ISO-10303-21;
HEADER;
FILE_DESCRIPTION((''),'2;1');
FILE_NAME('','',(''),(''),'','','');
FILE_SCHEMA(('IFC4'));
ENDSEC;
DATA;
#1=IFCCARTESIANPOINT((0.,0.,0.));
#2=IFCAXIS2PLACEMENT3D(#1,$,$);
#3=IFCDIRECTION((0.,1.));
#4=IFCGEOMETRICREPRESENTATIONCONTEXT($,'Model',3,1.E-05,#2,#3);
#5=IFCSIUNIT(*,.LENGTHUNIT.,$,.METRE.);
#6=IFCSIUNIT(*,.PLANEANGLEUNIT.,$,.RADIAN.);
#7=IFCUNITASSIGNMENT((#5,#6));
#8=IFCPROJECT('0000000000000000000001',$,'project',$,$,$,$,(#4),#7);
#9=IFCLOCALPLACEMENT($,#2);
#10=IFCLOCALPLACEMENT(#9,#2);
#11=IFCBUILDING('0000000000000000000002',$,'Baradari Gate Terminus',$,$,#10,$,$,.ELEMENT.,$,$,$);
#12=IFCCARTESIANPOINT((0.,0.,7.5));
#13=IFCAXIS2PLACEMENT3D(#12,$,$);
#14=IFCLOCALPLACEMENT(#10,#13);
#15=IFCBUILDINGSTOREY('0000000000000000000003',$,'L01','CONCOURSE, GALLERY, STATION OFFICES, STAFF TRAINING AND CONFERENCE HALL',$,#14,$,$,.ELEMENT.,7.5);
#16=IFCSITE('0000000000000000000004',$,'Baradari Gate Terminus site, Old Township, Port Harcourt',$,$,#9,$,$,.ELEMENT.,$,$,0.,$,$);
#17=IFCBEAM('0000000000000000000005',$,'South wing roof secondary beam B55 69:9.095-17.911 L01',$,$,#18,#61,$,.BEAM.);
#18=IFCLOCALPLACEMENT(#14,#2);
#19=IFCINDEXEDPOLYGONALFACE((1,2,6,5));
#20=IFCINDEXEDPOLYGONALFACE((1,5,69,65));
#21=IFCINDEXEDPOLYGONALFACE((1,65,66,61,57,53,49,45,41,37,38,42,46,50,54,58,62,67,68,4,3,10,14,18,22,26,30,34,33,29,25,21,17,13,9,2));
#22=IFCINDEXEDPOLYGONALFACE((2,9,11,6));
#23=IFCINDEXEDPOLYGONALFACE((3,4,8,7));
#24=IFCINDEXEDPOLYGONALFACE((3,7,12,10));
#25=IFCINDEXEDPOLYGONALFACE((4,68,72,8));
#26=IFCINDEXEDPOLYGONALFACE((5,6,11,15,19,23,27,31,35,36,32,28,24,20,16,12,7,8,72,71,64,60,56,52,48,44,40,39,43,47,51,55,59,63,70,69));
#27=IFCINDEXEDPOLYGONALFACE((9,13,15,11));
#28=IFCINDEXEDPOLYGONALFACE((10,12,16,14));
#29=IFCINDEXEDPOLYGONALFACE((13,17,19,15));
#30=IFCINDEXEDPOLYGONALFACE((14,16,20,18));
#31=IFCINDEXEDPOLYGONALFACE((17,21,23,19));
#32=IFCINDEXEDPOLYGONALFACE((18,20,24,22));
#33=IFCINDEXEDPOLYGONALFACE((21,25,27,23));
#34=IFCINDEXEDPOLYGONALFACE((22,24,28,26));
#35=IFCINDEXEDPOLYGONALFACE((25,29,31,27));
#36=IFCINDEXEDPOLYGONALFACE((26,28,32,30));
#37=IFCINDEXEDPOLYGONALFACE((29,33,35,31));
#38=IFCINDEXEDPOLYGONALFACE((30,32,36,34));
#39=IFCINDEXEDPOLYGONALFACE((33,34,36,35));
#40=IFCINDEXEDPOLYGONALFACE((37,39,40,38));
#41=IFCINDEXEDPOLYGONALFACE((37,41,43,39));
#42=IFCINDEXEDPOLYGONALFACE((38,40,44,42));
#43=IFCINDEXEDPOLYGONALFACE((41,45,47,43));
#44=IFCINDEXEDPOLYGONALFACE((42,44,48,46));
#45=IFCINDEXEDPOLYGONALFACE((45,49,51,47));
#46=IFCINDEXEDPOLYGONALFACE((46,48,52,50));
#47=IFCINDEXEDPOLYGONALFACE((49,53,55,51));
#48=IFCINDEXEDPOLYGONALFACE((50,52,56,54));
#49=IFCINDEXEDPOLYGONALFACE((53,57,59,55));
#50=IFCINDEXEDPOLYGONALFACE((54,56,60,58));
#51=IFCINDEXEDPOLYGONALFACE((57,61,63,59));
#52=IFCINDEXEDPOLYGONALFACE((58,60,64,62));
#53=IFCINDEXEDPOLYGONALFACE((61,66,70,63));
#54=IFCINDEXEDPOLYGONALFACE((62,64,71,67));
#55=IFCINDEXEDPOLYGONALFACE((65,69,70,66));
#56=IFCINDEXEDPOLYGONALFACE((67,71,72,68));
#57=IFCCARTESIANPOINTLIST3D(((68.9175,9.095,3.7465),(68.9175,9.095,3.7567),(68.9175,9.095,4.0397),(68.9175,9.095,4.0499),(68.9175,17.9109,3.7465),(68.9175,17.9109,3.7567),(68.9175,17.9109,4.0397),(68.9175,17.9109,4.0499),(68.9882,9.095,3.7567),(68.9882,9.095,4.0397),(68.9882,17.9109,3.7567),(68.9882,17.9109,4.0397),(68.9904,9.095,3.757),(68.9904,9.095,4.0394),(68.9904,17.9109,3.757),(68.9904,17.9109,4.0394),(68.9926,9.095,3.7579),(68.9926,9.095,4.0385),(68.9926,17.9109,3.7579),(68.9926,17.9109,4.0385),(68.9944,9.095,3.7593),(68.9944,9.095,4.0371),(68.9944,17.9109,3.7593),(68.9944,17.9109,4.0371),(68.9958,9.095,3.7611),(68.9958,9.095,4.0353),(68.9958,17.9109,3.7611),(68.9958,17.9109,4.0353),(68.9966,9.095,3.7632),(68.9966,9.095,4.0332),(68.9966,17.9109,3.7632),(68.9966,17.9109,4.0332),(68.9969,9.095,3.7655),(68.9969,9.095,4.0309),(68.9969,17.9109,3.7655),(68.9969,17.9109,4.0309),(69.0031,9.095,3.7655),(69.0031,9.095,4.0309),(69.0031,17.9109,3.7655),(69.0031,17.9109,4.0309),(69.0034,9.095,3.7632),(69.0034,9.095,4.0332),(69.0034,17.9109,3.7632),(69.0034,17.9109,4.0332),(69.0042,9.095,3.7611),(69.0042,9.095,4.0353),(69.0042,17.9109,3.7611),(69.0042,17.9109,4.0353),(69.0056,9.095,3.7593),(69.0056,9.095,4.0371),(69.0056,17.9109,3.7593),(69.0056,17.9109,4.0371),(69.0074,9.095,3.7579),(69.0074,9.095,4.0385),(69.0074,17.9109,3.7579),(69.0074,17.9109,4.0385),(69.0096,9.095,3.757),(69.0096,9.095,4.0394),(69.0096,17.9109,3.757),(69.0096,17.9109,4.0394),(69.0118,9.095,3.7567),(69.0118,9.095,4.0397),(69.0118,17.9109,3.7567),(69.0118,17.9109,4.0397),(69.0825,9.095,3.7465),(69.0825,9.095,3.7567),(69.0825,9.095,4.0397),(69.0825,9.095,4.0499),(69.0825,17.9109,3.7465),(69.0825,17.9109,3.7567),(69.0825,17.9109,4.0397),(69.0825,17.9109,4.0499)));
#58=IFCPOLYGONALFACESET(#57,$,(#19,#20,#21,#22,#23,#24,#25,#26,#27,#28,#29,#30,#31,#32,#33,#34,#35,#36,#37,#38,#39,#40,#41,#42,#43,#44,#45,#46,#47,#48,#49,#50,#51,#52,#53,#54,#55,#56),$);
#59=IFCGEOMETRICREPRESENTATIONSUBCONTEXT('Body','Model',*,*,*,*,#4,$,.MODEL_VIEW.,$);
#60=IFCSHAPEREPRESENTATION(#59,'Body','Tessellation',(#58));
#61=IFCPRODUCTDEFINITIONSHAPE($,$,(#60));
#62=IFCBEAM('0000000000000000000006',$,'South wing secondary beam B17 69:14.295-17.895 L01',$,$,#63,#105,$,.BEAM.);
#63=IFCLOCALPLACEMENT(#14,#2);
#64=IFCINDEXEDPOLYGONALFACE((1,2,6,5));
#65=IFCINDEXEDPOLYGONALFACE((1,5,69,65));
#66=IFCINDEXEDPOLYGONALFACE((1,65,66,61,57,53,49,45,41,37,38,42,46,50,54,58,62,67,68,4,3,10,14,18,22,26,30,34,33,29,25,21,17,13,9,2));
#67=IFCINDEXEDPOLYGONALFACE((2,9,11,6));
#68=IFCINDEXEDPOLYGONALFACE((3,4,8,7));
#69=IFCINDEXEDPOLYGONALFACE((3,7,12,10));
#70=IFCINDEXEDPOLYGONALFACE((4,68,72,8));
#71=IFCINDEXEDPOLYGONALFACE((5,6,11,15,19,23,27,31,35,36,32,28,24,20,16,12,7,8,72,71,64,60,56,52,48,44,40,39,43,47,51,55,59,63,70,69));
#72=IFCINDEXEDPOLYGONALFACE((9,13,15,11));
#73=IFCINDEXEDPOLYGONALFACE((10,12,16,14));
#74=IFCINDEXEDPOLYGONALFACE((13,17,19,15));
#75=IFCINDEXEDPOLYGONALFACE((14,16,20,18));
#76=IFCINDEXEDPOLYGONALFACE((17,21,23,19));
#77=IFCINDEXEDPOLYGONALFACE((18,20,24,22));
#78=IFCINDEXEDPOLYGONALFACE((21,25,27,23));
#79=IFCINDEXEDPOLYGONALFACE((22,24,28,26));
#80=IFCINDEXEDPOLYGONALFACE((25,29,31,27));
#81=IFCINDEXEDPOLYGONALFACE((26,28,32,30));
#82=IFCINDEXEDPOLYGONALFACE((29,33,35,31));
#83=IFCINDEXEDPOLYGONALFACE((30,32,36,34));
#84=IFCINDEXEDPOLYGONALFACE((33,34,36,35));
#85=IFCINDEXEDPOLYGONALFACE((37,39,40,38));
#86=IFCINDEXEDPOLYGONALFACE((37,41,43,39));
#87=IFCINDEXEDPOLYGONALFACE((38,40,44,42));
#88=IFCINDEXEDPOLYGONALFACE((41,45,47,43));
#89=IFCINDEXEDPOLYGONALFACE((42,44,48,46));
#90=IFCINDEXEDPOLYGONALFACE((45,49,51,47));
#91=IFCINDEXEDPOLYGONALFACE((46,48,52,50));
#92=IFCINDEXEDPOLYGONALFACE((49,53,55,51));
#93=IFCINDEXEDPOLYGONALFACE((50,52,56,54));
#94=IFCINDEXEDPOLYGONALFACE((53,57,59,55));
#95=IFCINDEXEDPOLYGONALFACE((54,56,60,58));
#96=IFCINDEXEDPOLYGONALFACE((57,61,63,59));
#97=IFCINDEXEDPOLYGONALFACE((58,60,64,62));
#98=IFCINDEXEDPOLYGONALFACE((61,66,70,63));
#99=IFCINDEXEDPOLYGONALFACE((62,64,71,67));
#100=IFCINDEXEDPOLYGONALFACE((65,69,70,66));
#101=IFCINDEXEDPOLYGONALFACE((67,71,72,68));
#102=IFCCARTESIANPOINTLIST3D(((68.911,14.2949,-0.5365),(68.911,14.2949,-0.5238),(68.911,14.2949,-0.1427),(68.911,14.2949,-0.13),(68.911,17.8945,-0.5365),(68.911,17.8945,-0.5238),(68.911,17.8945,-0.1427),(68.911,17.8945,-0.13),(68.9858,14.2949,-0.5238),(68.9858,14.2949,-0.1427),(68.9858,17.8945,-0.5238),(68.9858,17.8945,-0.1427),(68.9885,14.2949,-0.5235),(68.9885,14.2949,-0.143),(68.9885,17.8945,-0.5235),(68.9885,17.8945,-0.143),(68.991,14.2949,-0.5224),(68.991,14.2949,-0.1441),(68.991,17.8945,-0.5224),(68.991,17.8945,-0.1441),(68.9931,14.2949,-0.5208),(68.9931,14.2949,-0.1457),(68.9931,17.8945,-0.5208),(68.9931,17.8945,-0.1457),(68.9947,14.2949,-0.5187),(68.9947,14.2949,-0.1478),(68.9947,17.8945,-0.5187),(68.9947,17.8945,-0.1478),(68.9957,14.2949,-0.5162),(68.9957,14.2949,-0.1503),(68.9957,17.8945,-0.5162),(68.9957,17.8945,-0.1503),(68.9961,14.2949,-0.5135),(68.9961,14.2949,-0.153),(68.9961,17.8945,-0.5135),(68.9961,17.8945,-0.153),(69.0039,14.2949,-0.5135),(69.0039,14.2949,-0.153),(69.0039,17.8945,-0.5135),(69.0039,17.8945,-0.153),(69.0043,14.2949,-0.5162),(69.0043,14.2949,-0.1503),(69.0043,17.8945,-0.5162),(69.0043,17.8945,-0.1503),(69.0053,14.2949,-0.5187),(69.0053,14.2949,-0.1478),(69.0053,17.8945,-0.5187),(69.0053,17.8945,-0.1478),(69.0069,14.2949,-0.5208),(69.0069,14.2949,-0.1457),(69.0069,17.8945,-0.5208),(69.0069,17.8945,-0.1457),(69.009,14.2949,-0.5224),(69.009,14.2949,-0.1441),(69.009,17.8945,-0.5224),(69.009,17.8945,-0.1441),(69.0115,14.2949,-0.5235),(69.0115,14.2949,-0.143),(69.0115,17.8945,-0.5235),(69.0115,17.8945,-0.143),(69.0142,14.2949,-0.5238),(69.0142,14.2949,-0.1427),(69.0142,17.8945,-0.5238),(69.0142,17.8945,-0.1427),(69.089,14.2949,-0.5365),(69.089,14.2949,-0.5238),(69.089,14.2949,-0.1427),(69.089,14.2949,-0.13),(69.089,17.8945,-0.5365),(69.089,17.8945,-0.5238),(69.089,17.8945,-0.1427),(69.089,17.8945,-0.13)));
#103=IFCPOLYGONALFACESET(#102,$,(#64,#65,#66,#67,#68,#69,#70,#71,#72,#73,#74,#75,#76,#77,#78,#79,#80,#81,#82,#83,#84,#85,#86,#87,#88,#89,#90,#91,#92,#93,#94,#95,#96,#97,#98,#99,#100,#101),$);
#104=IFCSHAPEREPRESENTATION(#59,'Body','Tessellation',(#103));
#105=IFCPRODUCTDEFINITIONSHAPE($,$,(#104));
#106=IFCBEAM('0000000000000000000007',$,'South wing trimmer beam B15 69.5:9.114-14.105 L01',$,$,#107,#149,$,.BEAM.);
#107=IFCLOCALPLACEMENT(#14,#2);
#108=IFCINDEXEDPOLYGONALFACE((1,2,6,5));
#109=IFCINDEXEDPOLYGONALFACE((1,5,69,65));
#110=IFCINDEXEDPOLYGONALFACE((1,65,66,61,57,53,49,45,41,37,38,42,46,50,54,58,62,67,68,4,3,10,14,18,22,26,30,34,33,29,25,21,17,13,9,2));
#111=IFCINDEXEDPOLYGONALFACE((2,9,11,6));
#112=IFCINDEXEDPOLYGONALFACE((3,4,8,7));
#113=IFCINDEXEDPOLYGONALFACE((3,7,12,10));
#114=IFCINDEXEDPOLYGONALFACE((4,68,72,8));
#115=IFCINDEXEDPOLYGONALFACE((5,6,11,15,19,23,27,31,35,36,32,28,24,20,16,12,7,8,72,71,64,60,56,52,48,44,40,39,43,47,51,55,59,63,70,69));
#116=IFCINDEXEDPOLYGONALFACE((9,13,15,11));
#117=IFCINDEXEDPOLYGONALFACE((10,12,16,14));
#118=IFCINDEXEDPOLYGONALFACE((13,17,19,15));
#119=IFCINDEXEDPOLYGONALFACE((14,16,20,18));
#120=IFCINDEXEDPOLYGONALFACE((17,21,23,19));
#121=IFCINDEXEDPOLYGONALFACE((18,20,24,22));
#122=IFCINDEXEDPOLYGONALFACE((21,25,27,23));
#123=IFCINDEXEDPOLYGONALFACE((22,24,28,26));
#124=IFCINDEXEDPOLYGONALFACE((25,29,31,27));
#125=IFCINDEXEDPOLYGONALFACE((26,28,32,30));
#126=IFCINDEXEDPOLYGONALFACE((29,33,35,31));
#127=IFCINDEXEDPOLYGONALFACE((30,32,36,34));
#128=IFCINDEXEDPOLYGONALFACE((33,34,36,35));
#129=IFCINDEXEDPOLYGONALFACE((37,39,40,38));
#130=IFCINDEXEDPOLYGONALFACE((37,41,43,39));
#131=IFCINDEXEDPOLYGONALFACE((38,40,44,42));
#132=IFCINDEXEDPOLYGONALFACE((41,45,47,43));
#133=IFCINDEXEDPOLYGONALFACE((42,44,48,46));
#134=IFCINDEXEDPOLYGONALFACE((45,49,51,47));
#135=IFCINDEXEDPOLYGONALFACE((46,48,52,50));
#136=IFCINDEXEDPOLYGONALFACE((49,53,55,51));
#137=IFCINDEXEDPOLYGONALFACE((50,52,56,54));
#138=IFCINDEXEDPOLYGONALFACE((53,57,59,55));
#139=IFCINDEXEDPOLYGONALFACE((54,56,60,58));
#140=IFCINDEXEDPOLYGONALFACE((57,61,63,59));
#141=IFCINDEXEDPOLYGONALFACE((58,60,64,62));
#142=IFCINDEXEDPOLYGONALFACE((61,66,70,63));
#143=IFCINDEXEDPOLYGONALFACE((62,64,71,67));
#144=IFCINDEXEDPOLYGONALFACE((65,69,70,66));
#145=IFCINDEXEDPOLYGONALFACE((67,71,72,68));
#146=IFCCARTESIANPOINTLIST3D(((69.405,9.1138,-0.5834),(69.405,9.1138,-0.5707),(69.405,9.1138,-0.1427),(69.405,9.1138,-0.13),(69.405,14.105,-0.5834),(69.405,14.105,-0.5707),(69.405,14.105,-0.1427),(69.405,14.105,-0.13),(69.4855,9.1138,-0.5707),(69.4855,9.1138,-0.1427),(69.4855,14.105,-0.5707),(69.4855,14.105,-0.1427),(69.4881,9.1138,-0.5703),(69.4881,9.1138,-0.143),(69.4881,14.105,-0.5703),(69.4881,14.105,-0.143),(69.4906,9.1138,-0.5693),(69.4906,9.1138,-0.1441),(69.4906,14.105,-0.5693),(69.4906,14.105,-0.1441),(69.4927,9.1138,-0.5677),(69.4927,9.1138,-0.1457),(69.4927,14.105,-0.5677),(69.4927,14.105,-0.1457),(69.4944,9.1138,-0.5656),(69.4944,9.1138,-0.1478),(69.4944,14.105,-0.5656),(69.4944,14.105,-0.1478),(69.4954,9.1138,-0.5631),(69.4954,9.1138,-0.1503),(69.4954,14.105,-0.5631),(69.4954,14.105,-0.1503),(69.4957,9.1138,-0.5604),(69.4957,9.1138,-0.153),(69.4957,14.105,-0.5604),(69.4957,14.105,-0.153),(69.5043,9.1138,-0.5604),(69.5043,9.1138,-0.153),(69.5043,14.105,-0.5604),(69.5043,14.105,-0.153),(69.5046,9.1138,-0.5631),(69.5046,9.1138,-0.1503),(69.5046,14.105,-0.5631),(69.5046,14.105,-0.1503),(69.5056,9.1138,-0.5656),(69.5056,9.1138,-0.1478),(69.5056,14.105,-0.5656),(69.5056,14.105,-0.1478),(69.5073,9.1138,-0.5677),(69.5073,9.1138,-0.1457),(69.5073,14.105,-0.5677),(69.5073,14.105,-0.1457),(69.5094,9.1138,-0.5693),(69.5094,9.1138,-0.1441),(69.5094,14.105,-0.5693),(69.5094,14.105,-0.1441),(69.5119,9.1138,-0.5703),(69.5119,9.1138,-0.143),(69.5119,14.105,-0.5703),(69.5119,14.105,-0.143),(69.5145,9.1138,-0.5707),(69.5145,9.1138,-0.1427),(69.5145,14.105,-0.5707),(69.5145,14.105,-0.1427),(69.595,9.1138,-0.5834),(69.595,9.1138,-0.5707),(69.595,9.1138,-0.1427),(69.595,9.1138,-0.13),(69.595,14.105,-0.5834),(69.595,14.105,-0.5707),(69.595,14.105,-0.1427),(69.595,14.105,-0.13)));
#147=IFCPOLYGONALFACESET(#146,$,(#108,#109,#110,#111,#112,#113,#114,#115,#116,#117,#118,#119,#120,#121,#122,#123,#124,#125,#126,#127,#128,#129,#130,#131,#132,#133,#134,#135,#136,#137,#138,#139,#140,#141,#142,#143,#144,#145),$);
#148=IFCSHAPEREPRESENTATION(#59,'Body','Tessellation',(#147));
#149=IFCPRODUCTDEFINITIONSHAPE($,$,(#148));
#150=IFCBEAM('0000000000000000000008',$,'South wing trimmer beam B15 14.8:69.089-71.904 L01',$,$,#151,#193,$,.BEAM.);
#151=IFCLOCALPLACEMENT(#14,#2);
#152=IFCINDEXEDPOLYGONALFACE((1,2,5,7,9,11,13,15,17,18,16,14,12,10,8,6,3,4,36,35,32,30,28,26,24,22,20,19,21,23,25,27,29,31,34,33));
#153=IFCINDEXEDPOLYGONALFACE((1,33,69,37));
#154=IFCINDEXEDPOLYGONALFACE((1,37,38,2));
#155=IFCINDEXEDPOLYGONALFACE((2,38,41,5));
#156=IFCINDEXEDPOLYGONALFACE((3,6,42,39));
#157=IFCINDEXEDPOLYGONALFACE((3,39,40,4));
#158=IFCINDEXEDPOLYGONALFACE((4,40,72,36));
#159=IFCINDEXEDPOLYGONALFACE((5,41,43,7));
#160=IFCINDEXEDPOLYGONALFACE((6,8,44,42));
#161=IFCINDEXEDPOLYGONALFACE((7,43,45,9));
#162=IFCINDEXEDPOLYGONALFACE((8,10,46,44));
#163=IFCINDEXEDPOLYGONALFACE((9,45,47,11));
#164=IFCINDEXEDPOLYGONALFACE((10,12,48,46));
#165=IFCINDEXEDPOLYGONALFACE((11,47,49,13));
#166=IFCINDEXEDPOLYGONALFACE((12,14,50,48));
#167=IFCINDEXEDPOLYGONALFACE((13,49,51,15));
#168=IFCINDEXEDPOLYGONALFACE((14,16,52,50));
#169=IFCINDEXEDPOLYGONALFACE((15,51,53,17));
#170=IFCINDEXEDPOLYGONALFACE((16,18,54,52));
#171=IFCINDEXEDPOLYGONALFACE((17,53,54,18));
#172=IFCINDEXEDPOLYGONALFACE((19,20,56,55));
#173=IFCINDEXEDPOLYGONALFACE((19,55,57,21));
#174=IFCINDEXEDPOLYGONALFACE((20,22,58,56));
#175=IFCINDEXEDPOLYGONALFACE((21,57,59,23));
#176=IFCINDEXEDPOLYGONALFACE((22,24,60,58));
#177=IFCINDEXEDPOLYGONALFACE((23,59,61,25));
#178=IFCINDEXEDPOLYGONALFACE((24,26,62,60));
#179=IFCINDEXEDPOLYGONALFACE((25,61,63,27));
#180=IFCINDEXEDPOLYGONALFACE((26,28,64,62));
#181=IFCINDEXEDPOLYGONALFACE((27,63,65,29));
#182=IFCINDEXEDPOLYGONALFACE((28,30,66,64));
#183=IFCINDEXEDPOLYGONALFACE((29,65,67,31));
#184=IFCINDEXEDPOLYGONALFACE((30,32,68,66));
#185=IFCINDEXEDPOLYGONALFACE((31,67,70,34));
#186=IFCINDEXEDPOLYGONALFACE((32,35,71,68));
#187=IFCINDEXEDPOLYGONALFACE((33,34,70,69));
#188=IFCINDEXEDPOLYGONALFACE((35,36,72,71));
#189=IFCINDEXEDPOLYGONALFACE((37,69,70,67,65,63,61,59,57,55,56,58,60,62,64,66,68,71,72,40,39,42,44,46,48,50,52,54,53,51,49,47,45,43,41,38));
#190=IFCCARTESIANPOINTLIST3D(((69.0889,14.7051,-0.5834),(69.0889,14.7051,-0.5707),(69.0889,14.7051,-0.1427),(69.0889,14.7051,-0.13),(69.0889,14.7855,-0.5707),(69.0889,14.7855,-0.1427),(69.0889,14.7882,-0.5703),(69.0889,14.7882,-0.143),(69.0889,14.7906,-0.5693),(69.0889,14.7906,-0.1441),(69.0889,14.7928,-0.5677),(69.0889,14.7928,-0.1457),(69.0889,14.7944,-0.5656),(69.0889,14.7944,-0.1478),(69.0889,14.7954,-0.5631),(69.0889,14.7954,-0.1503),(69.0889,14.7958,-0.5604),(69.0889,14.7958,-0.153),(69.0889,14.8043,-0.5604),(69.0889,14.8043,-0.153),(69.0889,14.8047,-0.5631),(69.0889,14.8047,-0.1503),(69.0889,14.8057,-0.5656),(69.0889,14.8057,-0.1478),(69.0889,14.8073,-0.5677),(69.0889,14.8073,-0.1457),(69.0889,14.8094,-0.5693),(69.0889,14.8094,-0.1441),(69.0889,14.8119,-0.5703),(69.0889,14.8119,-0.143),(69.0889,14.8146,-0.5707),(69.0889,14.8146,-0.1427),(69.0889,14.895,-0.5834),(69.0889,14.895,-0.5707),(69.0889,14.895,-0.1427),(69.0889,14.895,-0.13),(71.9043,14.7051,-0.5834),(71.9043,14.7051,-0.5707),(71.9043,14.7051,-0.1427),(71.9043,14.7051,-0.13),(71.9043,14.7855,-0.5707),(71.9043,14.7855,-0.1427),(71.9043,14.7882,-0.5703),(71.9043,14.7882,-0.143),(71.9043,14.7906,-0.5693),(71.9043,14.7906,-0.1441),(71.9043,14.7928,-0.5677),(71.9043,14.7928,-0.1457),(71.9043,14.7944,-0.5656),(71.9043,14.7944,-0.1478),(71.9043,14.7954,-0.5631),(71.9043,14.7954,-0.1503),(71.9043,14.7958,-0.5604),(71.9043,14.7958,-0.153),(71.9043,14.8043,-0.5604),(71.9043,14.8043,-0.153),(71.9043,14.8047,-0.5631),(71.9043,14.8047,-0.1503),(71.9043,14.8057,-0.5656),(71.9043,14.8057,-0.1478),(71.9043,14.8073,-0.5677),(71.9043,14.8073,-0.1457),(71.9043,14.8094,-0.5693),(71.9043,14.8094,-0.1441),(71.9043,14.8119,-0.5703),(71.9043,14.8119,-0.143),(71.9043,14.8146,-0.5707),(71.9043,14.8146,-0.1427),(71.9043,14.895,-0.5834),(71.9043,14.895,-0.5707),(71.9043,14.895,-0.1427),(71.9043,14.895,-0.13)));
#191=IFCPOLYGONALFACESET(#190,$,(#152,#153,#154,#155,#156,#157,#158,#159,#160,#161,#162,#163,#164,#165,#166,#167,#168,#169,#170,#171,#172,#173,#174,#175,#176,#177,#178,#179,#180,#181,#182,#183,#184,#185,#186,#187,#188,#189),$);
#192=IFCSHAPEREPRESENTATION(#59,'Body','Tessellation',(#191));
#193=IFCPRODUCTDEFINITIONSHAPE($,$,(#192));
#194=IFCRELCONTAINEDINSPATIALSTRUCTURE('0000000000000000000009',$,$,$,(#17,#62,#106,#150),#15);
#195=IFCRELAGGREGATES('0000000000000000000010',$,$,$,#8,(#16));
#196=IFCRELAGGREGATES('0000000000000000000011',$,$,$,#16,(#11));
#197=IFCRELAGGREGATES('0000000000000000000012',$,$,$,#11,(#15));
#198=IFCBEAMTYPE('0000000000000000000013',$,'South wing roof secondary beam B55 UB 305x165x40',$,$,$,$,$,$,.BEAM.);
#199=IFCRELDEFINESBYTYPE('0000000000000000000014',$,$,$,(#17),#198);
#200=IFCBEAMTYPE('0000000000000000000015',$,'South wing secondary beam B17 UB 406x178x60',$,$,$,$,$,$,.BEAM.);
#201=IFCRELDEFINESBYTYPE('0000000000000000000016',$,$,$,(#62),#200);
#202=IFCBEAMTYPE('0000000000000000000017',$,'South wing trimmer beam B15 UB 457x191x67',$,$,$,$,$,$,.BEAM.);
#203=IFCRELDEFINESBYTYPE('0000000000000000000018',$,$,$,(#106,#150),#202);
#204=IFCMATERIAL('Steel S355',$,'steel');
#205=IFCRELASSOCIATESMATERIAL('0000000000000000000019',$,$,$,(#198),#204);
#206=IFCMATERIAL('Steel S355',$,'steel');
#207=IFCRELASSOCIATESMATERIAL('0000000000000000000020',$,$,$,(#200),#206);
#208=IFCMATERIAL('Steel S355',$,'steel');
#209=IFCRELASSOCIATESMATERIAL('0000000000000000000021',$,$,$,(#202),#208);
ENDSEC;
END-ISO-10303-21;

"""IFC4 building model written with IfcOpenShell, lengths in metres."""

from ifc_helpers import new_model, si_unit, direction, frame, origin, origin_2d, place, context, subcontext, project, spatial, i_section, extrude, material, material_profile, profile_set, type_object, element, save


model = new_model("IFC4")

# Units and contexts
model_context = context("Model", 3, precision=1e-05, world=origin(), true_north=direction((0.0, 1.0)))
body_context = subcontext(model_context, "Body", "Model", "MODEL_VIEW")
ifc_project = project(units=[si_unit("LENGTHUNIT", "METRE"), si_unit("PLANEANGLEUNIT", "RADIAN")], contexts=[model_context])

# Site, building, storey
site_placement = place(None, origin())
site = spatial("IfcSite", under=ifc_project, at=site_placement, Name="Baradari Gate Terminus site, Old Township, Port Harcourt", CompositionType="ELEMENT", RefElevation=0.0)
building_placement = place(site_placement, origin())
building = spatial("IfcBuilding", under=site, at=building_placement, Name="Baradari Gate Terminus", CompositionType="ELEMENT")
storey_placement = place(building_placement, frame((0.0, 0.0, 7.5)))
storey = spatial("IfcBuildingStorey", under=building, at=storey_placement, Name="L01", Description="CONCOURSE, GALLERY, STATION OFFICES, STAFF TRAINING AND CONFERENCE HALL", CompositionType="ELEMENT", Elevation=7.5)

# Beams
ifc_material_1 = material(Name="Steel S355", Category="steel")
ifc_material_profile_1 = material_profile(ifc_material_1, i_section(OverallWidth=0.165, OverallDepth=0.3035, WebThickness=0.0061, FlangeThickness=0.0103, FilletRadius=0.0088, at=origin_2d()), Name="UB 305x165x40")
ifc_profile_set_1 = profile_set([ifc_material_profile_1], Name="Steel S355")
beam_type_1 = type_object("IfcBeamType", Name="South wing roof secondary beam B55 UB 305x165x40", PredefinedType="BEAM", material=ifc_profile_set_1)
beam_1_placement = place(storey_placement, frame((69.0, 9.095, 3.8982), z_axis=(0.0, 1.0, 0.0), x_axis=(-1.0, 0.0, 0.0)))
element("IfcBeam", 1, at=beam_1_placement, inside=storey, type_object=beam_type_1, Name="South wing roof secondary beam B55 69:9.095-17.911 L01", PredefinedType="BEAM", context=body_context, shape_type="SweptSolid", body=[
    extrude(i_section(OverallWidth=0.165, OverallDepth=0.3035, WebThickness=0.0061, FlangeThickness=0.0103, FilletRadius=0.0088, at=origin_2d()), origin(), (0.0, 0.0, 1.0), 8.8159),
])
ifc_material_2 = material(Name="Steel S355", Category="steel")
ifc_material_profile_2 = material_profile(ifc_material_2, i_section(OverallWidth=0.178, OverallDepth=0.4065, WebThickness=0.0078, FlangeThickness=0.0127, FilletRadius=0.0103, at=origin_2d()), Name="UB 406x178x60")
ifc_profile_set_2 = profile_set([ifc_material_profile_2], Name="Steel S355")
beam_type_2 = type_object("IfcBeamType", Name="South wing secondary beam B17 UB 406x178x60", PredefinedType="BEAM", material=ifc_profile_set_2)
beam_2_placement = place(storey_placement, frame((69.0, 14.2949, -0.3333), z_axis=(0.0, 1.0, 0.0), x_axis=(-1.0, 0.0, 0.0)))
element("IfcBeam", 2, at=beam_2_placement, inside=storey, type_object=beam_type_2, Name="South wing secondary beam B17 69:14.295-17.895 L01", PredefinedType="BEAM", context=body_context, shape_type="SweptSolid", body=[
    extrude(i_section(OverallWidth=0.178, OverallDepth=0.4065, WebThickness=0.0078, FlangeThickness=0.0127, FilletRadius=0.0103, at=origin_2d()), origin(), (0.0, 0.0, 1.0), 3.5996),
])
ifc_material_3 = material(Name="Steel S355", Category="steel")
ifc_material_profile_3 = material_profile(ifc_material_3, i_section(OverallWidth=0.1899, OverallDepth=0.4534, WebThickness=0.0085, FlangeThickness=0.0127, FilletRadius=0.0103, at=origin_2d()), Name="UB 457x191x67")
ifc_profile_set_3 = profile_set([ifc_material_profile_3], Name="Steel S355")
beam_type_3 = type_object("IfcBeamType", Name="South wing trimmer beam B15 UB 457x191x67", PredefinedType="BEAM", material=ifc_profile_set_3)
beam_3_placement = place(storey_placement, frame((69.5, 9.1138, -0.3567), z_axis=(0.0, 1.0, 0.0), x_axis=(-1.0, 0.0, 0.0)))
element("IfcBeam", 3, at=beam_3_placement, inside=storey, type_object=beam_type_3, Name="South wing trimmer beam B15 69.5:9.114-14.105 L01", PredefinedType="BEAM", context=body_context, shape_type="SweptSolid", body=[
    extrude(i_section(OverallWidth=0.1899, OverallDepth=0.4534, WebThickness=0.0085, FlangeThickness=0.0127, FilletRadius=0.0103, at=origin_2d()), origin(), (0.0, 0.0, 1.0), 4.9912),
])
for number, where, z_axis, x_axis, name in (
    (4, (69.0889, 14.8, -0.3567), (1.0, 0.0, 0.0), (0.0, 1.0, 0.0), "South wing trimmer beam B15 14.8:69.089-71.904 L01"),
):
    element("IfcBeam", number, at=place(storey_placement, frame(where, z_axis=z_axis, x_axis=x_axis)), inside=storey, type_object=beam_type_3, Name=name, PredefinedType="BEAM", context=body_context, shape_type="SweptSolid", body=[
        extrude(i_section(OverallWidth=0.1899, OverallDepth=0.4534, WebThickness=0.0085, FlangeThickness=0.0127, FilletRadius=0.0103, at=origin_2d()), origin(), (0.0, 0.0, 1.0), 2.8154),
    ])

save(model, "model.ifc")
